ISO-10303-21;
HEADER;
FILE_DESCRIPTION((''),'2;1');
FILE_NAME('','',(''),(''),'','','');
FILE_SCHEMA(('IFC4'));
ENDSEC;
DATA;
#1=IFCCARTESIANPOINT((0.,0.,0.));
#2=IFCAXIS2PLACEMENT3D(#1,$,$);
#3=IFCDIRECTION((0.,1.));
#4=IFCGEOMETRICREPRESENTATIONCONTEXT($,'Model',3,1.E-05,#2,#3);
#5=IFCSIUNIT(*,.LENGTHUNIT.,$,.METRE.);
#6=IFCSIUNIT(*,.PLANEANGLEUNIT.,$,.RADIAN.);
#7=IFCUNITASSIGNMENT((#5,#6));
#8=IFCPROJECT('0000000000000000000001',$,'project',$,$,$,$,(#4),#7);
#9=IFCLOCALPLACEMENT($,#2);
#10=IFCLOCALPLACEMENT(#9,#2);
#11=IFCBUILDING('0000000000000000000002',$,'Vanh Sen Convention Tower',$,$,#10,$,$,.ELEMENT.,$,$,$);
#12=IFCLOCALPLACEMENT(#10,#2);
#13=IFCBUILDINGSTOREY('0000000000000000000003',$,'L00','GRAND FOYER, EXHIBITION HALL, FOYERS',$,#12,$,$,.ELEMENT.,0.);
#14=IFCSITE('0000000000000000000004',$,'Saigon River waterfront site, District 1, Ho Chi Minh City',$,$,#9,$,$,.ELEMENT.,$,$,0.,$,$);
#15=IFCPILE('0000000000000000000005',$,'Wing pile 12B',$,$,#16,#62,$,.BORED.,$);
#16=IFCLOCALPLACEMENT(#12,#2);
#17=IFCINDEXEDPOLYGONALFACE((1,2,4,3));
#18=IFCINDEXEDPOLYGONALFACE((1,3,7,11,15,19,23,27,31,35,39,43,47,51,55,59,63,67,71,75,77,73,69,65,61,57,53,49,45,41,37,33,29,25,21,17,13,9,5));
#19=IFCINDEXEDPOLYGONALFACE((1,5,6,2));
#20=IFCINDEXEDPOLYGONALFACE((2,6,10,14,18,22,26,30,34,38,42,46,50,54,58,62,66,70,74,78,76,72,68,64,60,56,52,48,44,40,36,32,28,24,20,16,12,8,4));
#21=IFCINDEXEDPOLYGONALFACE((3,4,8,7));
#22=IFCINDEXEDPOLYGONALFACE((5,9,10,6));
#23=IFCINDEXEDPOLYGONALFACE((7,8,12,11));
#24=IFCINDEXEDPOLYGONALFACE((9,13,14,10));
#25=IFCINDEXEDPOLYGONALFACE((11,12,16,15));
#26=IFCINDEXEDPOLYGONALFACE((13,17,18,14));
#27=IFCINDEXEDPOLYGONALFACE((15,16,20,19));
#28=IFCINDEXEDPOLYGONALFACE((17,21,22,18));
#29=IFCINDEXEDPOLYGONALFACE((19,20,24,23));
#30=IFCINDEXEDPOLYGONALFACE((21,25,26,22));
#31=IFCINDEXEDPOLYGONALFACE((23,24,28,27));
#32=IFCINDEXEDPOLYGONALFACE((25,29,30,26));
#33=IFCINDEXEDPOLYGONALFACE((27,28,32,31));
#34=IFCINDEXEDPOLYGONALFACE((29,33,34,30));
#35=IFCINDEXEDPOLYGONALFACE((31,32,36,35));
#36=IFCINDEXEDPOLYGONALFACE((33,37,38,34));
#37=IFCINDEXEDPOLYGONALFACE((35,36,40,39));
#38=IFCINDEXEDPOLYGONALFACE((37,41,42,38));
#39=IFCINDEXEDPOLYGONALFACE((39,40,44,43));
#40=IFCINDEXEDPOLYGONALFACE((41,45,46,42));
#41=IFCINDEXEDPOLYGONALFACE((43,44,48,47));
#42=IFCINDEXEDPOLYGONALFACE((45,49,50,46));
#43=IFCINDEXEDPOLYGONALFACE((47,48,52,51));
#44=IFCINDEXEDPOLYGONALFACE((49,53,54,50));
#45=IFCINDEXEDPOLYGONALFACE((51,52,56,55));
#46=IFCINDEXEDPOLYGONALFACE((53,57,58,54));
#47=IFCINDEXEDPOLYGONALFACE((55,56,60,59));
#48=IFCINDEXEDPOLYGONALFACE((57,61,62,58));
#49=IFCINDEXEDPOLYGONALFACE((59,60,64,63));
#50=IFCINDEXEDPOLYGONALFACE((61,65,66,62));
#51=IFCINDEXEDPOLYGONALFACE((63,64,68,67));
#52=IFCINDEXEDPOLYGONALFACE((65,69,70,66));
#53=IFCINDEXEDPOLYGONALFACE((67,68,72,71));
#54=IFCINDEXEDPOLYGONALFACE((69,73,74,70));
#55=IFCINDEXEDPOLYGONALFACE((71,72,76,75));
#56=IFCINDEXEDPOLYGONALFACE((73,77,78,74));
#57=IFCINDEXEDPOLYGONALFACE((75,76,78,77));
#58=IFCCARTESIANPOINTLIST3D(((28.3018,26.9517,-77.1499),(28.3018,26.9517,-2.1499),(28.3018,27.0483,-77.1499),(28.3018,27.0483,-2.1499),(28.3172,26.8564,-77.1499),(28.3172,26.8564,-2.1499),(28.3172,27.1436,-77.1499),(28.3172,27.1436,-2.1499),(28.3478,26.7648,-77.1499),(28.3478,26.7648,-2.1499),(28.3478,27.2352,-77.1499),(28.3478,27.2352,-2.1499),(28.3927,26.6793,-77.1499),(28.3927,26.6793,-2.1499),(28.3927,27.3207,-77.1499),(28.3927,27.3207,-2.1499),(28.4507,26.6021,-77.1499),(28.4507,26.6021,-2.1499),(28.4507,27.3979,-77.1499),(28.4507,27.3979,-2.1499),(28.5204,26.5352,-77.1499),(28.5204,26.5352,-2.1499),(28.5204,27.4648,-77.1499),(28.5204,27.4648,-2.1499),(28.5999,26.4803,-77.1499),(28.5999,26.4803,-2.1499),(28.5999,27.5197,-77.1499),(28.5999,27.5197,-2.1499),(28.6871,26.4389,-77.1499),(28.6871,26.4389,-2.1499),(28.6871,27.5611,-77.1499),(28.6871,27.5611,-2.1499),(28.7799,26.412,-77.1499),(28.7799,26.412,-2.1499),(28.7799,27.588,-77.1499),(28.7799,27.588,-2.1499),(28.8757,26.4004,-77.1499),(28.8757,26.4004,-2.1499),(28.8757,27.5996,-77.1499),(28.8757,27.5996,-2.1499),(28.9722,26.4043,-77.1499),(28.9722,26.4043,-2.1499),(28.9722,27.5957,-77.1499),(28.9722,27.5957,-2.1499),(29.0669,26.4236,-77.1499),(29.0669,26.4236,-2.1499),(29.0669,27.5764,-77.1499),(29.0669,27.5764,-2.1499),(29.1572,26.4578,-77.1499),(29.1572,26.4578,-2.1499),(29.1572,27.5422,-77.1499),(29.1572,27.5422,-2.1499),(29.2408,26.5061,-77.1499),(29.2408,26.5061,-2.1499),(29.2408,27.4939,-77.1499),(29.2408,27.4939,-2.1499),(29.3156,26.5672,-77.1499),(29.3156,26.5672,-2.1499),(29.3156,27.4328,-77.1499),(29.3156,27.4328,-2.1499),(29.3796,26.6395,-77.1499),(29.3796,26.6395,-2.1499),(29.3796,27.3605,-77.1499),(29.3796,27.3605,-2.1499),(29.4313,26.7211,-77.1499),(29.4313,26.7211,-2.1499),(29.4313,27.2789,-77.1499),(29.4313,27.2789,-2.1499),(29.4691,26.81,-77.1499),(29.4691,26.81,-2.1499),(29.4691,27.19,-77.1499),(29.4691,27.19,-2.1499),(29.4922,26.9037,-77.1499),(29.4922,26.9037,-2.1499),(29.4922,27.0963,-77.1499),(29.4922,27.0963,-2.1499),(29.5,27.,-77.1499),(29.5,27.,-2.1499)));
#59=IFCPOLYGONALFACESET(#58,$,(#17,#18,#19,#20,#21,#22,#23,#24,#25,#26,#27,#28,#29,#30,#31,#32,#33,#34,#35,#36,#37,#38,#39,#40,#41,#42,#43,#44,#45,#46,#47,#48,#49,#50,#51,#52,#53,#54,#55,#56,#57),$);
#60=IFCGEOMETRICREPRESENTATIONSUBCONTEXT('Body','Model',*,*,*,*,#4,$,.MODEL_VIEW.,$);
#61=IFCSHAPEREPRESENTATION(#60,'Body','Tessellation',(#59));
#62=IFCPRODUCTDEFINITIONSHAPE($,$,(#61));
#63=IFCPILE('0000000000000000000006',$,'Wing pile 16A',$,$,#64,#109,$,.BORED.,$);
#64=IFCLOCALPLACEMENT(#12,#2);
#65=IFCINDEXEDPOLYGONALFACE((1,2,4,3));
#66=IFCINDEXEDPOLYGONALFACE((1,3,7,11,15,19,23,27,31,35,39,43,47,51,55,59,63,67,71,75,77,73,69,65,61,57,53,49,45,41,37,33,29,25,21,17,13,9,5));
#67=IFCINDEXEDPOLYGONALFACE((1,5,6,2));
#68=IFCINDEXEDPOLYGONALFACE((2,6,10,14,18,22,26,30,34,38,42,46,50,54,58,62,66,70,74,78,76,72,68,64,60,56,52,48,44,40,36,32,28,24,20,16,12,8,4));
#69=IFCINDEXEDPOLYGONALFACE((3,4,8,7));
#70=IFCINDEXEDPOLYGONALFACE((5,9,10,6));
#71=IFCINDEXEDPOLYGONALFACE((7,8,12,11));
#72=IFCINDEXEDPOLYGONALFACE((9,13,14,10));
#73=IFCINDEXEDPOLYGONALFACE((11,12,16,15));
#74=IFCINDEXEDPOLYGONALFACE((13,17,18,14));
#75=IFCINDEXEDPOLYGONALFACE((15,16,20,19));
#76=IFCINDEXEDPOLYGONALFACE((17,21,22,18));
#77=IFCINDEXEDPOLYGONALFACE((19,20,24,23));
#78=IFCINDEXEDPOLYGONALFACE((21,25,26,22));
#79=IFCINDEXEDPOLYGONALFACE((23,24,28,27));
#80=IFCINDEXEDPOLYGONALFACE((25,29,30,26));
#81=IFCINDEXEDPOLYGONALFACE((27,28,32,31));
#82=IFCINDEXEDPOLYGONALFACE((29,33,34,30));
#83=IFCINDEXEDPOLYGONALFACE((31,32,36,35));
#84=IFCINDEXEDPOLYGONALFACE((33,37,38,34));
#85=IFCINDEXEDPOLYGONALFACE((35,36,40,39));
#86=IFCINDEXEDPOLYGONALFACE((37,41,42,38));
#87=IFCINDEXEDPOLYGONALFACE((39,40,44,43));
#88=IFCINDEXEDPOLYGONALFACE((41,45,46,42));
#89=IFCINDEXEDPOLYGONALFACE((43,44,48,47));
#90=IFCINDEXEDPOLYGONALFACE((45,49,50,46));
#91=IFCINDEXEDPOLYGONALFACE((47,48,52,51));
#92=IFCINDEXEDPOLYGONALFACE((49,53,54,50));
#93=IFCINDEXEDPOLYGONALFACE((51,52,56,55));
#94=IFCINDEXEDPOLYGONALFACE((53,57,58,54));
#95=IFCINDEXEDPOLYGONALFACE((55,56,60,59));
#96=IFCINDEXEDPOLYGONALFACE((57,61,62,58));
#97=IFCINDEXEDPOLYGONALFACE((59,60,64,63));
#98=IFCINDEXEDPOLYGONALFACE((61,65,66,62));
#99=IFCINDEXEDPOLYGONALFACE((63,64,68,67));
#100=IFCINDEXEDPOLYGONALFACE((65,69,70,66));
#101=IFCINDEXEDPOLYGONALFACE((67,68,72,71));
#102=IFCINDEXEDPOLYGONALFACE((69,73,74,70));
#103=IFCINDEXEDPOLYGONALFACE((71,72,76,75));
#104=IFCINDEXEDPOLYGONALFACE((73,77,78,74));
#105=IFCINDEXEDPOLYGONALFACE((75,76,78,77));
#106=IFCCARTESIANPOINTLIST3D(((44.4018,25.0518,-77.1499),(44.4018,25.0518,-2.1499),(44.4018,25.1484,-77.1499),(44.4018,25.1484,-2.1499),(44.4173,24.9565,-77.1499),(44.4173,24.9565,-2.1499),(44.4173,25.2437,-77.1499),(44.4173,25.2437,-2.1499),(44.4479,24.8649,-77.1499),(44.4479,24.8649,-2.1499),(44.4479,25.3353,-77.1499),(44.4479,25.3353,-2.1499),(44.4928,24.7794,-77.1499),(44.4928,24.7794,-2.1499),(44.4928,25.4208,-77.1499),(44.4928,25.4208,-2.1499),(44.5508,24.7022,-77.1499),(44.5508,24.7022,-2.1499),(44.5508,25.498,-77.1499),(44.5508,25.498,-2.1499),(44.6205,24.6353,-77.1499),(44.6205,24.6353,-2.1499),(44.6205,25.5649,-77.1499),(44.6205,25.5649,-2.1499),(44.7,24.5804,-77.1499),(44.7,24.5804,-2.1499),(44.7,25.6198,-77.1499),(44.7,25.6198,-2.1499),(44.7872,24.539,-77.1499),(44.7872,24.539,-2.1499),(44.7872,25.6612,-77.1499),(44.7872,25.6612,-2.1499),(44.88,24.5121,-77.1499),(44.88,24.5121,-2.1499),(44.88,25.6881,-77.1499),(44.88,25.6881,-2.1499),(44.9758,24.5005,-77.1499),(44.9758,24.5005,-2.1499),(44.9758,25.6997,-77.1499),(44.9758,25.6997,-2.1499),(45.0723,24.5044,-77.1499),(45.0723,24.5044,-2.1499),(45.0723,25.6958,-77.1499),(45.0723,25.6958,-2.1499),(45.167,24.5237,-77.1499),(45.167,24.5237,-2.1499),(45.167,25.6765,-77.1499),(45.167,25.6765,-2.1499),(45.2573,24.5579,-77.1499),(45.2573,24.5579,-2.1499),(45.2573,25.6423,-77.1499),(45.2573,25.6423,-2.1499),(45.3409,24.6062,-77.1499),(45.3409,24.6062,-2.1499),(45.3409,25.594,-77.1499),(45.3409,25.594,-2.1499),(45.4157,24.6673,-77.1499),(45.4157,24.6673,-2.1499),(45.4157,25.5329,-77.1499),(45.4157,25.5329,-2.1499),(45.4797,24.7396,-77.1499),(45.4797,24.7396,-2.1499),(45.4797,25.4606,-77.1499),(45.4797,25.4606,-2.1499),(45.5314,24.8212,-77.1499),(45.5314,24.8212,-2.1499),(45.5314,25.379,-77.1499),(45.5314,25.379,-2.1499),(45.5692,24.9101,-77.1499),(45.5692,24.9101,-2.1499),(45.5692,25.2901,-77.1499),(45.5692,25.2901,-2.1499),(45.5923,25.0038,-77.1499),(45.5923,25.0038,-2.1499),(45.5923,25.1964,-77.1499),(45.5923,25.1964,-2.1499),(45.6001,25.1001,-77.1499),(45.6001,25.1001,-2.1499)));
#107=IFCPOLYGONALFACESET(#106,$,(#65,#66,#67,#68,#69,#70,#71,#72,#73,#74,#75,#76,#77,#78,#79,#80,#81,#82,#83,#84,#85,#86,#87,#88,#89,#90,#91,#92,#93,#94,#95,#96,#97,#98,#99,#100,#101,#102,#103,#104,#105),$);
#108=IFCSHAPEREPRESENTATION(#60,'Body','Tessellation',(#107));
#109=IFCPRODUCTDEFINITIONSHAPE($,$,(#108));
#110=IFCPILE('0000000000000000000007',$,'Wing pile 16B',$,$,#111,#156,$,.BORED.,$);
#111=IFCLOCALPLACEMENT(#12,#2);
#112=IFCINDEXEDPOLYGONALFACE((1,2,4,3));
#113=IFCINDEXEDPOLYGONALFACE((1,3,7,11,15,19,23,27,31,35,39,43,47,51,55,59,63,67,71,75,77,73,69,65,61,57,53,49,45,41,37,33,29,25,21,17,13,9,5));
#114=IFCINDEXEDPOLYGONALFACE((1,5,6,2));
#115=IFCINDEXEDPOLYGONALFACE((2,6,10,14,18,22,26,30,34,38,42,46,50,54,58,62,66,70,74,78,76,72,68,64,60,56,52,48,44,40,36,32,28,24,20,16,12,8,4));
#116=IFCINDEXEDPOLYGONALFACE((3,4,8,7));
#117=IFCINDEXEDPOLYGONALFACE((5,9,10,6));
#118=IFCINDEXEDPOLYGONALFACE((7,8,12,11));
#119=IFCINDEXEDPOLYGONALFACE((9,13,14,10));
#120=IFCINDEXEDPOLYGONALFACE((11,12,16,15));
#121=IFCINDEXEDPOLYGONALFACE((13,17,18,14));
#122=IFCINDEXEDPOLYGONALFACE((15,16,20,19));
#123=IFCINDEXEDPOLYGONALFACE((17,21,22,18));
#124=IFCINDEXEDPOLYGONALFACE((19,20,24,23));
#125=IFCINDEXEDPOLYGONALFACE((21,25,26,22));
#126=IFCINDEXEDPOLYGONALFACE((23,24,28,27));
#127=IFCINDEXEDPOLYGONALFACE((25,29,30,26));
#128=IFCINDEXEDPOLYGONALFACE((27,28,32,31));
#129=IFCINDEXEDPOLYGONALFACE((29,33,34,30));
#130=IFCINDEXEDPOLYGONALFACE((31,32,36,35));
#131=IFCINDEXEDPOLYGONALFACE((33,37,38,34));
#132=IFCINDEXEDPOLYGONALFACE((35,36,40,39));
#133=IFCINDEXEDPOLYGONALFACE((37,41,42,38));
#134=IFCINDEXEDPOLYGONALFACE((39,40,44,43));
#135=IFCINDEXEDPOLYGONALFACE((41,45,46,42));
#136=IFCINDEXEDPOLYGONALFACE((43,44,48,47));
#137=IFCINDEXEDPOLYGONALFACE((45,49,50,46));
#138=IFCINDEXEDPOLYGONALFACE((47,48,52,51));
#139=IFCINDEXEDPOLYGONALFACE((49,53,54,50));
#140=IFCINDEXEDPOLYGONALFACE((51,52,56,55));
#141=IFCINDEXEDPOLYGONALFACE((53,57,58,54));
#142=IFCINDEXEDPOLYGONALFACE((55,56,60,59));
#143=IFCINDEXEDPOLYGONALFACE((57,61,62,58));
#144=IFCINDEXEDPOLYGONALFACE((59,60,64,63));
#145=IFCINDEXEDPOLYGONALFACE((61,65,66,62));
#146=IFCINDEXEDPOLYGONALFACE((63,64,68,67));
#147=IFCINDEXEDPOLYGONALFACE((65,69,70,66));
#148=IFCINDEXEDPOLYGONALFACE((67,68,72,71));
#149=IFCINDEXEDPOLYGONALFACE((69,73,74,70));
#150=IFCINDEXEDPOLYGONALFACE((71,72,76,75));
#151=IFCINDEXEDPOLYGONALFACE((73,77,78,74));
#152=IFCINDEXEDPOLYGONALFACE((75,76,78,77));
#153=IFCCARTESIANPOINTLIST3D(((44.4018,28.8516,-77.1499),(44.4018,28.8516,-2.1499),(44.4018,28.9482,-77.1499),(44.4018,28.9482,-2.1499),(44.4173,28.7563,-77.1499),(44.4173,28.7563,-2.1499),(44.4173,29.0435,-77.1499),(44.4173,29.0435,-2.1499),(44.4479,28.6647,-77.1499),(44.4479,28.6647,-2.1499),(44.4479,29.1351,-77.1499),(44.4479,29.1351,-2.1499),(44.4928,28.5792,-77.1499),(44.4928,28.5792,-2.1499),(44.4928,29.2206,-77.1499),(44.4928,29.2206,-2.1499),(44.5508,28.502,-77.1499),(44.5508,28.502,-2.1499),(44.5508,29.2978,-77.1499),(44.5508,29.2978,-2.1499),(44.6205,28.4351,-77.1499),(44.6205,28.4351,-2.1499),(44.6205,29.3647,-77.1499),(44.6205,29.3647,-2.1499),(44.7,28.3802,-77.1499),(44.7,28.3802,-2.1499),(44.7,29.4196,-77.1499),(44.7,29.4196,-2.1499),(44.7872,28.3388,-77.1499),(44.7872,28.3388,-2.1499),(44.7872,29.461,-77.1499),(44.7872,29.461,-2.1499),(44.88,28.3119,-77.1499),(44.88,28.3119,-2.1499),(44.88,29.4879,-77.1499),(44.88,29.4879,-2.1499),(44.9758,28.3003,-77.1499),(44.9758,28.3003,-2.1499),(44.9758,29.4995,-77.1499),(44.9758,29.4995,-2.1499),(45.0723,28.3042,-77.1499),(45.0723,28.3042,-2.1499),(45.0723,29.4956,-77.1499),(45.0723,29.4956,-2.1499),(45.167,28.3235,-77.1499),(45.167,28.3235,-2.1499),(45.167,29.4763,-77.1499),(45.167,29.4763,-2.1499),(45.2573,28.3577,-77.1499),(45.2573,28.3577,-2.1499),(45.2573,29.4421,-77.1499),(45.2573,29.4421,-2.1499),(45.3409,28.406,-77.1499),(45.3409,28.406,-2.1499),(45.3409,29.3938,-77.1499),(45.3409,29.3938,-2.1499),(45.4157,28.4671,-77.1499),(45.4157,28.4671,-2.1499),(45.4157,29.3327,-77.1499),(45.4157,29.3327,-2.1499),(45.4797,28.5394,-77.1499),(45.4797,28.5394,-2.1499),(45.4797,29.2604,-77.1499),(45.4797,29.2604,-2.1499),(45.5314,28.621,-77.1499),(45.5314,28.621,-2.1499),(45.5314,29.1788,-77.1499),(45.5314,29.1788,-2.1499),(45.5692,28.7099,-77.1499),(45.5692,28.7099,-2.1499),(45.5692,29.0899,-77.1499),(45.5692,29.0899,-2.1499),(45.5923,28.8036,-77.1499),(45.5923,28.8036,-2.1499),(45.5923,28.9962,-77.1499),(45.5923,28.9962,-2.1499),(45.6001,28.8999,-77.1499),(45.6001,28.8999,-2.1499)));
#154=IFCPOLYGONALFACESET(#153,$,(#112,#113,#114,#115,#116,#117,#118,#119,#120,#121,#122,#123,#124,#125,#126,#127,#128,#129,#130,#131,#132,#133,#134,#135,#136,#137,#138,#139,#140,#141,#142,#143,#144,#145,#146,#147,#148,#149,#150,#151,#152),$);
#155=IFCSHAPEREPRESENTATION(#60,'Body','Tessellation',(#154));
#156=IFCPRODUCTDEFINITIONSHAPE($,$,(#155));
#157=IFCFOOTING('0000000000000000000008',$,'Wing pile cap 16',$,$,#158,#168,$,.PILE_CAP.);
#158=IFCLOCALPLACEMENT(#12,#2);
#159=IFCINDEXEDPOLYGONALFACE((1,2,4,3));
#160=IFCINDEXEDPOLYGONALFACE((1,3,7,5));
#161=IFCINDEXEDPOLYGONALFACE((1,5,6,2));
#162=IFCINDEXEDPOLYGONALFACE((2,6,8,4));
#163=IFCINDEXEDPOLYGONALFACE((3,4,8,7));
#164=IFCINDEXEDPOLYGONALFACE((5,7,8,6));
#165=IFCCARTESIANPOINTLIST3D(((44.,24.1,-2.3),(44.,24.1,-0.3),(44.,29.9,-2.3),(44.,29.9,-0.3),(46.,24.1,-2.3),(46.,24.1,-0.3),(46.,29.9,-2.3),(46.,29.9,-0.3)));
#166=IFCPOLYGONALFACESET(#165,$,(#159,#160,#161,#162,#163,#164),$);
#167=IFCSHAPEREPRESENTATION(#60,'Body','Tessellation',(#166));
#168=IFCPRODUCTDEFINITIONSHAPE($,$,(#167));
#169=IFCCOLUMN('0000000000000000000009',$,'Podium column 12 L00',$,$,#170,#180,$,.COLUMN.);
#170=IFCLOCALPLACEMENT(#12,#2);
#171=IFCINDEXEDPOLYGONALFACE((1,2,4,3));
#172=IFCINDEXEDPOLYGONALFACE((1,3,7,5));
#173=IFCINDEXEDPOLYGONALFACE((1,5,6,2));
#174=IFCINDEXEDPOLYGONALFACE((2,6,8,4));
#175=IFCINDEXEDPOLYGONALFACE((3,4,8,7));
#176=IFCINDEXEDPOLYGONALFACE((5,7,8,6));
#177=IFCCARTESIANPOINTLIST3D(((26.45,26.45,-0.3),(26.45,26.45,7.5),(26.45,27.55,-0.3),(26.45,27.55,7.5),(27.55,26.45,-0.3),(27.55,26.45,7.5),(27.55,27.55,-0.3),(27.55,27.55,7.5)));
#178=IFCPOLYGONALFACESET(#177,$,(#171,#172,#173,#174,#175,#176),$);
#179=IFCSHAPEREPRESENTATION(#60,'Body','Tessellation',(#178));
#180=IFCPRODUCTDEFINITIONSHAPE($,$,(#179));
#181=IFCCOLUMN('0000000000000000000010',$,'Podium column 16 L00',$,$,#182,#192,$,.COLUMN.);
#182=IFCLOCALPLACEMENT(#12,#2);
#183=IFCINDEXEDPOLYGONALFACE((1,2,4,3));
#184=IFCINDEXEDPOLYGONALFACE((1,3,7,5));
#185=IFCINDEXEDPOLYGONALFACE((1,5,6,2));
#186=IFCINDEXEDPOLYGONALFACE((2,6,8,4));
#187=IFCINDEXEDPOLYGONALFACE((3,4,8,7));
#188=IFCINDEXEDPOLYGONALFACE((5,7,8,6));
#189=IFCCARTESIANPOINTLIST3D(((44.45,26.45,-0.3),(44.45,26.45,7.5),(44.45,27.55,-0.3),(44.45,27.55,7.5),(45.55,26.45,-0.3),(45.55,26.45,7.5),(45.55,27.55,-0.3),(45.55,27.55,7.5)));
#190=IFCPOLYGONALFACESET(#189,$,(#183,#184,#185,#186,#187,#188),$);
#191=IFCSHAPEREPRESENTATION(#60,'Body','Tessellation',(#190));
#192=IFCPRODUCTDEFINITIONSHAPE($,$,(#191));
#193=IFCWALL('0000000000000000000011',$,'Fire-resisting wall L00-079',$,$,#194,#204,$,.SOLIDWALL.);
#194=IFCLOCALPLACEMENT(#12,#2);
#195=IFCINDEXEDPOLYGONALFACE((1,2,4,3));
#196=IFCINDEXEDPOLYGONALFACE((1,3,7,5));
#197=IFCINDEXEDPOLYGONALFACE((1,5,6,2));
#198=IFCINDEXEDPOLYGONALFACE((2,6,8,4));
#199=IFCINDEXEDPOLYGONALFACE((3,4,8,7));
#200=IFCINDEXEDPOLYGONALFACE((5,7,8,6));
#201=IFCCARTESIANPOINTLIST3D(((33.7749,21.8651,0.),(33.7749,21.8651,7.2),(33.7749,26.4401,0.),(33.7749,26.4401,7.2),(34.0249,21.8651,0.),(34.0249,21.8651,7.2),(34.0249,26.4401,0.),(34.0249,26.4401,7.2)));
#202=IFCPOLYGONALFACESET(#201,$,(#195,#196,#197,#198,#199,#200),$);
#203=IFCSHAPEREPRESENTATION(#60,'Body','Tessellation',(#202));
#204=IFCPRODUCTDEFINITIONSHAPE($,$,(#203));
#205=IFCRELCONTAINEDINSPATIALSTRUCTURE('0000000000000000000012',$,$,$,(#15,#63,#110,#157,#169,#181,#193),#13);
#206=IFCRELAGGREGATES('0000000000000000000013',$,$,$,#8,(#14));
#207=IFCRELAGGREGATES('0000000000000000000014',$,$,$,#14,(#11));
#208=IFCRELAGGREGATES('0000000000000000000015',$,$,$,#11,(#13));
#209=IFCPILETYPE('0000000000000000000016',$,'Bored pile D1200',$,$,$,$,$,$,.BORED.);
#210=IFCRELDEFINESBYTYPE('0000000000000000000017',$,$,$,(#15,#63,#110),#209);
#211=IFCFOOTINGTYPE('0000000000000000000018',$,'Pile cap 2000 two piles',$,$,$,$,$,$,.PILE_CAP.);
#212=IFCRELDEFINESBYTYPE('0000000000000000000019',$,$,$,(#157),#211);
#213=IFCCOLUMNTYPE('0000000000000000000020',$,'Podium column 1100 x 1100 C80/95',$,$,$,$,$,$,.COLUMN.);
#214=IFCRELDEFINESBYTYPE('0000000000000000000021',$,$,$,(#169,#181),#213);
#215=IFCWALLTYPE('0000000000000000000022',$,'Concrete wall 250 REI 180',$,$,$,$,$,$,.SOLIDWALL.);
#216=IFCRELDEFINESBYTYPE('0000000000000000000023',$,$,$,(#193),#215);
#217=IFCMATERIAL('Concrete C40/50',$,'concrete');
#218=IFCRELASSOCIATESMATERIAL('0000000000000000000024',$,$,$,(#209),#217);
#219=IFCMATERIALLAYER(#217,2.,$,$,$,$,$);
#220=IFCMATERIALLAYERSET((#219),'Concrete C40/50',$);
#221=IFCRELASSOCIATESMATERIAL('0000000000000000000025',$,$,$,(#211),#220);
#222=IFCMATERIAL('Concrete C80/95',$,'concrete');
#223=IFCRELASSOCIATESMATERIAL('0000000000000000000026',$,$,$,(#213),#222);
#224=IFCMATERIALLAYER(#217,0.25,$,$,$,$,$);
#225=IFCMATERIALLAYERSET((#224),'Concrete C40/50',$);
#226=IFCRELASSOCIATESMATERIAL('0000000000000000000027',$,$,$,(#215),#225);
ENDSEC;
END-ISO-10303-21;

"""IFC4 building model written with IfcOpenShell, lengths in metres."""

from ifc_helpers import new_model, si_unit, direction, frame, frame_2d, origin, origin_2d, place, context, subcontext, project, spatial, rectangle, circle, extrude, material, layer, layer_set, material_profile, profile_set, type_object, element, save


model = new_model("IFC4")

# Units and contexts
model_context = context("Model", 3, precision=1e-05, world=origin(), true_north=direction((0.0, 1.0)))
body_context = subcontext(model_context, "Body", "Model", "MODEL_VIEW")
ifc_project = project(units=[si_unit("LENGTHUNIT", "METRE"), si_unit("PLANEANGLEUNIT", "RADIAN")], contexts=[model_context])

# Site, building, storey
site_placement = place(None, origin())
site = spatial("IfcSite", under=ifc_project, at=site_placement, Name="Saigon River waterfront site, District 1, Ho Chi Minh City", CompositionType="ELEMENT", RefElevation=0.0)
building_placement = place(site_placement, origin())
building = spatial("IfcBuilding", under=site, at=building_placement, Name="Vanh Sen Convention Tower", CompositionType="ELEMENT")
storey_placement = place(building_placement, origin())
storey = spatial("IfcBuildingStorey", under=building, at=storey_placement, Name="L00", Description="GRAND FOYER, EXHIBITION HALL, FOYERS", CompositionType="ELEMENT", Elevation=0.0)

# Piles
ifc_material_1 = material(Name="Concrete C40/50", Category="concrete")
ifc_material_profile_1 = material_profile(ifc_material_1, circle(Radius=0.6001, at=origin_2d()), Name="Bored pile D1200")
ifc_profile_set_1 = profile_set([ifc_material_profile_1], Name="Concrete C40/50")
pile_type = type_object("IfcPileType", Name="Bored pile D1200", PredefinedType="BORED", material=ifc_profile_set_1)
for number, where, z_axis, x_axis, name in (
    (1, (28.8999, 27.0, -2.1499), (0.0, 0.0, -1.0), (1.0, 0.0, 0.0), "Wing pile 12B"),
    (2, (45.0, 25.1001, -2.1499), (0.0, 0.0, -1.0), (1.0, 0.0, 0.0), "Wing pile 16A"),
    (3, (45.0, 28.8999, -2.1499), (0.0, 0.0, -1.0), (1.0, 0.0, 0.0), "Wing pile 16B"),
):
    element("IfcPile", number, at=place(storey_placement, frame(where, z_axis=z_axis, x_axis=x_axis)), inside=storey, type_object=pile_type, Name=name, PredefinedType="BORED", context=body_context, shape_type="SweptSolid", body=[
        extrude(circle(Radius=0.6001, at=origin_2d()), origin(), (0.0, 0.0, 1.0), 75.0),
    ])

# Footing
ifc_layer_1 = layer(ifc_material_1, 2.0)
ifc_layer_set_1 = layer_set([ifc_layer_1], Name="Concrete C40/50")
footing_type = type_object("IfcFootingType", Name="Pile cap 2000 two piles", PredefinedType="PILE_CAP", material=ifc_layer_set_1)
footing_placement = place(storey_placement, frame((45.0, 27.0, -2.3), z_axis=(0.0, 0.0, 1.0), x_axis=(1.0, 0.0, 0.0)))
element("IfcFooting", 4, at=footing_placement, inside=storey, type_object=footing_type, Name="Wing pile cap 16", PredefinedType="PILE_CAP", context=body_context, shape_type="SweptSolid", body=[
    extrude(rectangle(XDim=2.0, YDim=5.8, at=origin_2d()), origin(), (0.0, 0.0, 1.0), 2.0),
])

# Columns
ifc_material_2 = material(Name="Concrete C80/95", Category="concrete")
ifc_material_profile_2 = material_profile(ifc_material_2, rectangle(XDim=1.1001, YDim=1.1001, at=origin_2d()), Name="RC 1100X1100")
ifc_profile_set_2 = profile_set([ifc_material_profile_2], Name="Concrete C80/95")
column_type = type_object("IfcColumnType", Name="Podium column 1100 x 1100 C80/95", PredefinedType="COLUMN", material=ifc_profile_set_2)
for number, where, z_axis, x_axis, name in (
    (5, (27.0, 27.0, -0.3), (0.0, 0.0, 1.0), (1.0, 0.0, 0.0), "Podium column 12 L00"),
    (6, (45.0, 27.0, -0.3), (0.0, 0.0, 1.0), (1.0, 0.0, 0.0), "Podium column 16 L00"),
):
    element("IfcColumn", number, at=place(storey_placement, frame(where, z_axis=z_axis, x_axis=x_axis)), inside=storey, type_object=column_type, Name=name, PredefinedType="COLUMN", context=body_context, shape_type="SweptSolid", body=[
        extrude(rectangle(XDim=1.1001, YDim=1.1001, at=origin_2d()), origin(), (0.0, 0.0, 1.0), 7.8),
    ])

# Wall
ifc_layer_2 = layer(ifc_material_1, 0.25)
ifc_layer_set_2 = layer_set([ifc_layer_2], Name="Concrete C40/50")
wall_type_1 = type_object("IfcWallType", Name="Concrete wall 250 REI 180", PredefinedType="SOLIDWALL", material=ifc_layer_set_2)
wall_1_placement = place(storey_placement, frame((33.8999, 21.865, 0.0), z_axis=(0.0, 0.0, 1.0), x_axis=(0.0, 1.0, 0.0)))
element("IfcWall", 7, at=wall_1_placement, inside=storey, type_object=wall_type_1, Name="Fire-resisting wall L00-079", PredefinedType="SOLIDWALL", context=body_context, shape_type="SweptSolid", body=[
    extrude(rectangle(XDim=4.575, YDim=0.25, at=frame_2d((2.2876, 0.0))), origin(), (0.0, 0.0, 1.0), 7.2),
])

save(model, "model.ifc")
